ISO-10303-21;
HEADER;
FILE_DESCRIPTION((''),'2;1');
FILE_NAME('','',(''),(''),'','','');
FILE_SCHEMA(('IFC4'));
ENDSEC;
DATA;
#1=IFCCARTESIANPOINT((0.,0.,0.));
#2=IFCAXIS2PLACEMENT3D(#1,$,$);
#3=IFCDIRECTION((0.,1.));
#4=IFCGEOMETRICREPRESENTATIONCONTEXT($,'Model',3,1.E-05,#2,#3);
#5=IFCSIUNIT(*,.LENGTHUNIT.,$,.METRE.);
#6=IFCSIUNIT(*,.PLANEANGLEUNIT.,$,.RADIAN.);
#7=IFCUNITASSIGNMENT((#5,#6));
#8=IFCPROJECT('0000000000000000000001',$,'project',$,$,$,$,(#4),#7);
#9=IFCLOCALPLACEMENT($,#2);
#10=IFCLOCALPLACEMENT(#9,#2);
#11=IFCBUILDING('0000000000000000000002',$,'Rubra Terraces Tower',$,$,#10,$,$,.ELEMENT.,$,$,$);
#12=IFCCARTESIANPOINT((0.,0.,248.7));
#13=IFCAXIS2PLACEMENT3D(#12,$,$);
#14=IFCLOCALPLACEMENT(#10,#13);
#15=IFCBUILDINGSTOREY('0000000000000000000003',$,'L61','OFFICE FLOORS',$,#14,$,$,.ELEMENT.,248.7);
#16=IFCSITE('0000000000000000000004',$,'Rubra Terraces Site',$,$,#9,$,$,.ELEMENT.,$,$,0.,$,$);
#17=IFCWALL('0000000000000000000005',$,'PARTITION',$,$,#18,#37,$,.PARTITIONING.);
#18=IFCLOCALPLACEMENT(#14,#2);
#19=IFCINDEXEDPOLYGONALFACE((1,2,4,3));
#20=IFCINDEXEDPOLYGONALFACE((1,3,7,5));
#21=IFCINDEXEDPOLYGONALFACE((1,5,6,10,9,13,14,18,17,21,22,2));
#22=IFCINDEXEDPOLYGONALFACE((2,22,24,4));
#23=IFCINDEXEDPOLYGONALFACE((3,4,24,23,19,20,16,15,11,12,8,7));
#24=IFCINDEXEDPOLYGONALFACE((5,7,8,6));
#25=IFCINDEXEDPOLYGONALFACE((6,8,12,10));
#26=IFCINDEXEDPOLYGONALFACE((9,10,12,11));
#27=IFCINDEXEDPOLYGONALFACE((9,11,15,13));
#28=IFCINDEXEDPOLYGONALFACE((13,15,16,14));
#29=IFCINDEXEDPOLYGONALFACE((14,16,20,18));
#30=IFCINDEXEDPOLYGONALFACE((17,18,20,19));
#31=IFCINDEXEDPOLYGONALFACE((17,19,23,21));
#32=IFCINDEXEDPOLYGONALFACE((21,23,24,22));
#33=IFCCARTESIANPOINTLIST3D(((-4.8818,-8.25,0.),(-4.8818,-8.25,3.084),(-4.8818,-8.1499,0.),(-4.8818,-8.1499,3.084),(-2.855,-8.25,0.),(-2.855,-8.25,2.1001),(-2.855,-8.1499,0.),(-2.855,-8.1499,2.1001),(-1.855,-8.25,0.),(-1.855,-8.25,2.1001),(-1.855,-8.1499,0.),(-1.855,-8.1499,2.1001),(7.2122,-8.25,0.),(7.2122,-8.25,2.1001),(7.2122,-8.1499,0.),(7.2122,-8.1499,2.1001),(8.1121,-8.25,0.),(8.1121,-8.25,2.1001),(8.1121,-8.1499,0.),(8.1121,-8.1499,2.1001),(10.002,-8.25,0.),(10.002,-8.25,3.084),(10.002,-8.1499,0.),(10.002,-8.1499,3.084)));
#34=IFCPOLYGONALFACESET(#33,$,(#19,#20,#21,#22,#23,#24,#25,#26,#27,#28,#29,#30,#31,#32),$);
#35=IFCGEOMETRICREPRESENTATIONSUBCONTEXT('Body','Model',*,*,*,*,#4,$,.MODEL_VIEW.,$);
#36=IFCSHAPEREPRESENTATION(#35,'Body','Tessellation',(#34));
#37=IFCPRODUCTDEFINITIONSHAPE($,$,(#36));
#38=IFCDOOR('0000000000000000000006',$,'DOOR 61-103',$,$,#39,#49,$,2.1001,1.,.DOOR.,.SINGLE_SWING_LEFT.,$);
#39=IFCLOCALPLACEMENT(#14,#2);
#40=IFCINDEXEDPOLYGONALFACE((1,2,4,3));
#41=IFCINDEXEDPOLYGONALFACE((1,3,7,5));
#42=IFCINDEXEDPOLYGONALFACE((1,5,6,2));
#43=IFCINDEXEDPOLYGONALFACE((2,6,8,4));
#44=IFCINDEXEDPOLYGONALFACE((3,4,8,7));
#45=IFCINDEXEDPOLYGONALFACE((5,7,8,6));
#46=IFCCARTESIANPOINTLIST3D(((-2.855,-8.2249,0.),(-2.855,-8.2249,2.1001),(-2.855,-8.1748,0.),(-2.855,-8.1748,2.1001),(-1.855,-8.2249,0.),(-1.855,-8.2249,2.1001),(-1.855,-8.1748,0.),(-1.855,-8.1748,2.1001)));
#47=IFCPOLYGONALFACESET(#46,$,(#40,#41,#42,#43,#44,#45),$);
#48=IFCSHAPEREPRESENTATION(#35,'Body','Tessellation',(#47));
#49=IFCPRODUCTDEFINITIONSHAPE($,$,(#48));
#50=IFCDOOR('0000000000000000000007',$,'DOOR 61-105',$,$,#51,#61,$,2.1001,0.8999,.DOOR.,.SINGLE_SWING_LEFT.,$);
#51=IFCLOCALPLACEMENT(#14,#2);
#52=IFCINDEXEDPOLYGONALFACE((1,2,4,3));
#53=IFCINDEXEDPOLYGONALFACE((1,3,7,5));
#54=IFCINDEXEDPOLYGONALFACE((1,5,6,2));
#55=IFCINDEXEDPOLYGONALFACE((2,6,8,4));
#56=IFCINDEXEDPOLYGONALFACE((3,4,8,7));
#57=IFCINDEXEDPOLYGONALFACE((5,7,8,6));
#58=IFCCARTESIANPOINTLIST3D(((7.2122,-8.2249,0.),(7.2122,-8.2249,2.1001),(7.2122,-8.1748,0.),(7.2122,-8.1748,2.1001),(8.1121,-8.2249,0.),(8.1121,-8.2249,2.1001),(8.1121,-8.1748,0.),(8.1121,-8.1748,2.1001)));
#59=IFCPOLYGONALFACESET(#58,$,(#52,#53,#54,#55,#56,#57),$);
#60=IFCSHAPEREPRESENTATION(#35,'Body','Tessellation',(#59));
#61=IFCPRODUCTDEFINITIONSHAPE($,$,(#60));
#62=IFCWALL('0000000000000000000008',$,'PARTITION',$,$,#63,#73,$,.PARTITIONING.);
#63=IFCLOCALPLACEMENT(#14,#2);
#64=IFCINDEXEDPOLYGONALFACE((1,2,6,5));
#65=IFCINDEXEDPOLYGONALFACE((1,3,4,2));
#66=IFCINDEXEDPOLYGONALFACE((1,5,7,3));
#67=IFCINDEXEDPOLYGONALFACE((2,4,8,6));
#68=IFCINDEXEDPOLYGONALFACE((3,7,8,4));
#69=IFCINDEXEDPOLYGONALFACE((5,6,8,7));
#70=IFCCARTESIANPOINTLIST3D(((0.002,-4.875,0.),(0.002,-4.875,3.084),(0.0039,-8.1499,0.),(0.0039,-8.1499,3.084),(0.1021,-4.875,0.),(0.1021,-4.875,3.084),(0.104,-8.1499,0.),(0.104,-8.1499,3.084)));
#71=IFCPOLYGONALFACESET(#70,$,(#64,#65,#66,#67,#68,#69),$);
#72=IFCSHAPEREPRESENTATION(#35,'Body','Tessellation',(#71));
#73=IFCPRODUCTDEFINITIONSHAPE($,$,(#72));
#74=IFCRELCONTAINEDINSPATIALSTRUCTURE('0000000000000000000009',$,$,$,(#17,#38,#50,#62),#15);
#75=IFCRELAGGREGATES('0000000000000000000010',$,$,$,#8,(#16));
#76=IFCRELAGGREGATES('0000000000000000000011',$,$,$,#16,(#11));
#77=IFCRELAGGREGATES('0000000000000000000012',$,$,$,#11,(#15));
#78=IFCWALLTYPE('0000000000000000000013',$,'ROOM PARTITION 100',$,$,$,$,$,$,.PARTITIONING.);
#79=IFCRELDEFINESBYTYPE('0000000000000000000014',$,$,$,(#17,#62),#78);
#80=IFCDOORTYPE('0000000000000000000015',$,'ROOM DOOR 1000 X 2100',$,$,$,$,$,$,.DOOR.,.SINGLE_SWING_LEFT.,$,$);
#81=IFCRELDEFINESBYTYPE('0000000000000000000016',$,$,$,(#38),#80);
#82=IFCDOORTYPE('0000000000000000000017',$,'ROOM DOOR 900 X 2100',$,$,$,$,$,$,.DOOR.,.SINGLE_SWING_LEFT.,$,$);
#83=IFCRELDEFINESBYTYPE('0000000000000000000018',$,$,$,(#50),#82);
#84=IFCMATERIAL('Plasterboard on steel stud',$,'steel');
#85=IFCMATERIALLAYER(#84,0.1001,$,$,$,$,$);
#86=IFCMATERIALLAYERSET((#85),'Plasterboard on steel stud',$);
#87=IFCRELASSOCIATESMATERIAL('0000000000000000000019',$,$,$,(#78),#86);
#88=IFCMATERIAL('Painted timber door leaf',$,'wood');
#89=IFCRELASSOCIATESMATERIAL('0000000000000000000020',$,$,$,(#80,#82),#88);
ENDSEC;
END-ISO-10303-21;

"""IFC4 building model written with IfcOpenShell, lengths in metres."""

from ifc_helpers import new_model, si_unit, direction, frame, frame_2d, origin, place, context, subcontext, project, spatial, rectangle, extrude, material, layer, layer_set, type_object, element, fill, save


model = new_model("IFC4")

# Units and contexts
model_context = context("Model", 3, precision=1e-05, world=origin(), true_north=direction((0.0, 1.0)))
body_context = subcontext(model_context, "Body", "Model", "MODEL_VIEW")
ifc_project = project(units=[si_unit("LENGTHUNIT", "METRE"), si_unit("PLANEANGLEUNIT", "RADIAN")], contexts=[model_context])

# Site, building, storey
site_placement = place(None, origin())
site = spatial("IfcSite", under=ifc_project, at=site_placement, Name="Rubra Terraces Site", CompositionType="ELEMENT", RefElevation=0.0)
building_placement = place(site_placement, origin())
building = spatial("IfcBuilding", under=site, at=building_placement, Name="Rubra Terraces Tower", CompositionType="ELEMENT")
storey_placement = place(building_placement, frame((0.0, 0.0, 248.7)))
storey = spatial("IfcBuildingStorey", under=building, at=storey_placement, Name="L61", Description="OFFICE FLOORS", CompositionType="ELEMENT", Elevation=248.7)

# Wall, openings, doors
ifc_material_1 = material(Name="Plasterboard on steel stud", Category="steel")
ifc_layer_1 = layer(ifc_material_1, 0.1001)
ifc_layer_set_1 = layer_set([ifc_layer_1], Name="Plasterboard on steel stud")
wall_type_1 = type_object("IfcWallType", Name="ROOM PARTITION 100", PredefinedType="PARTITIONING", material=ifc_layer_set_1)
wall_1_placement = place(storey_placement, frame((10.002, -8.2, 0.0), z_axis=(0.0, 0.0, 1.0), x_axis=(-1.0, 0.0, 0.0)))
wall_1 = element("IfcWall", 1, at=wall_1_placement, inside=storey, type_object=wall_type_1, Name="PARTITION", PredefinedType="PARTITIONING", context=body_context, shape_type="SweptSolid", body=[
    extrude(rectangle(XDim=14.8838, YDim=0.1001, at=frame_2d((7.4419, 0.0))), origin(), (0.0, 0.0, 1.0), 3.084),
])
opening_1_placement = place(wall_1_placement, frame((11.8569, 0.0, 0.0)))
opening_1 = element("IfcOpeningElement", 2, at=opening_1_placement, cuts=wall_1, PredefinedType="OPENING", context=body_context, shape_type="SweptSolid", body=[
    extrude(rectangle(XDim=1.0, YDim=2.1001, at=frame_2d((0.5, 1.05))), frame((0.0, 0.0601, 0.0), z_axis=(0.0, -1.0, 0.0), x_axis=(1.0, 0.0, 0.0)), (0.0, 0.0, 1.0), 0.1201),
])
opening_2_placement = place(wall_1_placement, frame((1.8899, 0.0, 0.0)))
opening_2 = element("IfcOpeningElement", 3, at=opening_2_placement, cuts=wall_1, PredefinedType="OPENING", context=body_context, shape_type="SweptSolid", body=[
    extrude(rectangle(XDim=0.8999, YDim=2.1001, at=frame_2d((0.45, 1.05))), frame((0.0, 0.0601, 0.0), z_axis=(0.0, -1.0, 0.0), x_axis=(1.0, 0.0, 0.0)), (0.0, 0.0, 1.0), 0.1201),
])
ifc_material_2 = material(Name="Painted timber door leaf", Category="wood")
door_type_1 = type_object("IfcDoorType", Name="ROOM DOOR 1000 X 2100", OperationType="SINGLE_SWING_LEFT", PredefinedType="DOOR", material=ifc_material_2)
door_1_placement = place(opening_1_placement, origin())
door_1 = element("IfcDoor", 4, at=door_1_placement, inside=storey, type_object=door_type_1, Name="DOOR 61-103", OperationType="SINGLE_SWING_LEFT", OverallHeight=2.1001, OverallWidth=1.0, PredefinedType="DOOR", context=body_context, shape_type="SweptSolid", body=[
    extrude(rectangle(XDim=1.0, YDim=2.1001, at=frame_2d((0.5, 1.05))), frame((0.0, 0.0249, 0.0), z_axis=(0.0, -1.0, 0.0), x_axis=(1.0, 0.0, 0.0)), (0.0, 0.0, 1.0), 0.05),
])
fill(opening_1, door_1)
door_type_2 = type_object("IfcDoorType", Name="ROOM DOOR 900 X 2100", OperationType="SINGLE_SWING_LEFT", PredefinedType="DOOR", material=ifc_material_2)
door_2_placement = place(opening_2_placement, origin())
door_2 = element("IfcDoor", 5, at=door_2_placement, inside=storey, type_object=door_type_2, Name="DOOR 61-105", OperationType="SINGLE_SWING_LEFT", OverallHeight=2.1001, OverallWidth=0.8999, PredefinedType="DOOR", context=body_context, shape_type="SweptSolid", body=[
    extrude(rectangle(XDim=0.8999, YDim=2.1001, at=frame_2d((0.45, 1.05))), frame((0.0, 0.0249, 0.0), z_axis=(0.0, -1.0, 0.0), x_axis=(1.0, 0.0, 0.0)), (0.0, 0.0, 1.0), 0.05),
])
fill(opening_2, door_2)

# Wall
wall_2_placement = place(storey_placement, frame((0.052, -4.875, 0.0), z_axis=(0.0, 0.0, 1.0), x_axis=(0.000596, -1.0, 0.0)))
element("IfcWall", 6, at=wall_2_placement, inside=storey, type_object=wall_type_1, Name="PARTITION", PredefinedType="PARTITIONING", context=body_context, shape_type="SweptSolid", body=[
    extrude(rectangle(XDim=3.2749, YDim=0.1001, at=frame_2d((1.6375, 0.0))), origin(), (0.0, 0.0, 1.0), 3.084),
])

save(model, "model.ifc")
